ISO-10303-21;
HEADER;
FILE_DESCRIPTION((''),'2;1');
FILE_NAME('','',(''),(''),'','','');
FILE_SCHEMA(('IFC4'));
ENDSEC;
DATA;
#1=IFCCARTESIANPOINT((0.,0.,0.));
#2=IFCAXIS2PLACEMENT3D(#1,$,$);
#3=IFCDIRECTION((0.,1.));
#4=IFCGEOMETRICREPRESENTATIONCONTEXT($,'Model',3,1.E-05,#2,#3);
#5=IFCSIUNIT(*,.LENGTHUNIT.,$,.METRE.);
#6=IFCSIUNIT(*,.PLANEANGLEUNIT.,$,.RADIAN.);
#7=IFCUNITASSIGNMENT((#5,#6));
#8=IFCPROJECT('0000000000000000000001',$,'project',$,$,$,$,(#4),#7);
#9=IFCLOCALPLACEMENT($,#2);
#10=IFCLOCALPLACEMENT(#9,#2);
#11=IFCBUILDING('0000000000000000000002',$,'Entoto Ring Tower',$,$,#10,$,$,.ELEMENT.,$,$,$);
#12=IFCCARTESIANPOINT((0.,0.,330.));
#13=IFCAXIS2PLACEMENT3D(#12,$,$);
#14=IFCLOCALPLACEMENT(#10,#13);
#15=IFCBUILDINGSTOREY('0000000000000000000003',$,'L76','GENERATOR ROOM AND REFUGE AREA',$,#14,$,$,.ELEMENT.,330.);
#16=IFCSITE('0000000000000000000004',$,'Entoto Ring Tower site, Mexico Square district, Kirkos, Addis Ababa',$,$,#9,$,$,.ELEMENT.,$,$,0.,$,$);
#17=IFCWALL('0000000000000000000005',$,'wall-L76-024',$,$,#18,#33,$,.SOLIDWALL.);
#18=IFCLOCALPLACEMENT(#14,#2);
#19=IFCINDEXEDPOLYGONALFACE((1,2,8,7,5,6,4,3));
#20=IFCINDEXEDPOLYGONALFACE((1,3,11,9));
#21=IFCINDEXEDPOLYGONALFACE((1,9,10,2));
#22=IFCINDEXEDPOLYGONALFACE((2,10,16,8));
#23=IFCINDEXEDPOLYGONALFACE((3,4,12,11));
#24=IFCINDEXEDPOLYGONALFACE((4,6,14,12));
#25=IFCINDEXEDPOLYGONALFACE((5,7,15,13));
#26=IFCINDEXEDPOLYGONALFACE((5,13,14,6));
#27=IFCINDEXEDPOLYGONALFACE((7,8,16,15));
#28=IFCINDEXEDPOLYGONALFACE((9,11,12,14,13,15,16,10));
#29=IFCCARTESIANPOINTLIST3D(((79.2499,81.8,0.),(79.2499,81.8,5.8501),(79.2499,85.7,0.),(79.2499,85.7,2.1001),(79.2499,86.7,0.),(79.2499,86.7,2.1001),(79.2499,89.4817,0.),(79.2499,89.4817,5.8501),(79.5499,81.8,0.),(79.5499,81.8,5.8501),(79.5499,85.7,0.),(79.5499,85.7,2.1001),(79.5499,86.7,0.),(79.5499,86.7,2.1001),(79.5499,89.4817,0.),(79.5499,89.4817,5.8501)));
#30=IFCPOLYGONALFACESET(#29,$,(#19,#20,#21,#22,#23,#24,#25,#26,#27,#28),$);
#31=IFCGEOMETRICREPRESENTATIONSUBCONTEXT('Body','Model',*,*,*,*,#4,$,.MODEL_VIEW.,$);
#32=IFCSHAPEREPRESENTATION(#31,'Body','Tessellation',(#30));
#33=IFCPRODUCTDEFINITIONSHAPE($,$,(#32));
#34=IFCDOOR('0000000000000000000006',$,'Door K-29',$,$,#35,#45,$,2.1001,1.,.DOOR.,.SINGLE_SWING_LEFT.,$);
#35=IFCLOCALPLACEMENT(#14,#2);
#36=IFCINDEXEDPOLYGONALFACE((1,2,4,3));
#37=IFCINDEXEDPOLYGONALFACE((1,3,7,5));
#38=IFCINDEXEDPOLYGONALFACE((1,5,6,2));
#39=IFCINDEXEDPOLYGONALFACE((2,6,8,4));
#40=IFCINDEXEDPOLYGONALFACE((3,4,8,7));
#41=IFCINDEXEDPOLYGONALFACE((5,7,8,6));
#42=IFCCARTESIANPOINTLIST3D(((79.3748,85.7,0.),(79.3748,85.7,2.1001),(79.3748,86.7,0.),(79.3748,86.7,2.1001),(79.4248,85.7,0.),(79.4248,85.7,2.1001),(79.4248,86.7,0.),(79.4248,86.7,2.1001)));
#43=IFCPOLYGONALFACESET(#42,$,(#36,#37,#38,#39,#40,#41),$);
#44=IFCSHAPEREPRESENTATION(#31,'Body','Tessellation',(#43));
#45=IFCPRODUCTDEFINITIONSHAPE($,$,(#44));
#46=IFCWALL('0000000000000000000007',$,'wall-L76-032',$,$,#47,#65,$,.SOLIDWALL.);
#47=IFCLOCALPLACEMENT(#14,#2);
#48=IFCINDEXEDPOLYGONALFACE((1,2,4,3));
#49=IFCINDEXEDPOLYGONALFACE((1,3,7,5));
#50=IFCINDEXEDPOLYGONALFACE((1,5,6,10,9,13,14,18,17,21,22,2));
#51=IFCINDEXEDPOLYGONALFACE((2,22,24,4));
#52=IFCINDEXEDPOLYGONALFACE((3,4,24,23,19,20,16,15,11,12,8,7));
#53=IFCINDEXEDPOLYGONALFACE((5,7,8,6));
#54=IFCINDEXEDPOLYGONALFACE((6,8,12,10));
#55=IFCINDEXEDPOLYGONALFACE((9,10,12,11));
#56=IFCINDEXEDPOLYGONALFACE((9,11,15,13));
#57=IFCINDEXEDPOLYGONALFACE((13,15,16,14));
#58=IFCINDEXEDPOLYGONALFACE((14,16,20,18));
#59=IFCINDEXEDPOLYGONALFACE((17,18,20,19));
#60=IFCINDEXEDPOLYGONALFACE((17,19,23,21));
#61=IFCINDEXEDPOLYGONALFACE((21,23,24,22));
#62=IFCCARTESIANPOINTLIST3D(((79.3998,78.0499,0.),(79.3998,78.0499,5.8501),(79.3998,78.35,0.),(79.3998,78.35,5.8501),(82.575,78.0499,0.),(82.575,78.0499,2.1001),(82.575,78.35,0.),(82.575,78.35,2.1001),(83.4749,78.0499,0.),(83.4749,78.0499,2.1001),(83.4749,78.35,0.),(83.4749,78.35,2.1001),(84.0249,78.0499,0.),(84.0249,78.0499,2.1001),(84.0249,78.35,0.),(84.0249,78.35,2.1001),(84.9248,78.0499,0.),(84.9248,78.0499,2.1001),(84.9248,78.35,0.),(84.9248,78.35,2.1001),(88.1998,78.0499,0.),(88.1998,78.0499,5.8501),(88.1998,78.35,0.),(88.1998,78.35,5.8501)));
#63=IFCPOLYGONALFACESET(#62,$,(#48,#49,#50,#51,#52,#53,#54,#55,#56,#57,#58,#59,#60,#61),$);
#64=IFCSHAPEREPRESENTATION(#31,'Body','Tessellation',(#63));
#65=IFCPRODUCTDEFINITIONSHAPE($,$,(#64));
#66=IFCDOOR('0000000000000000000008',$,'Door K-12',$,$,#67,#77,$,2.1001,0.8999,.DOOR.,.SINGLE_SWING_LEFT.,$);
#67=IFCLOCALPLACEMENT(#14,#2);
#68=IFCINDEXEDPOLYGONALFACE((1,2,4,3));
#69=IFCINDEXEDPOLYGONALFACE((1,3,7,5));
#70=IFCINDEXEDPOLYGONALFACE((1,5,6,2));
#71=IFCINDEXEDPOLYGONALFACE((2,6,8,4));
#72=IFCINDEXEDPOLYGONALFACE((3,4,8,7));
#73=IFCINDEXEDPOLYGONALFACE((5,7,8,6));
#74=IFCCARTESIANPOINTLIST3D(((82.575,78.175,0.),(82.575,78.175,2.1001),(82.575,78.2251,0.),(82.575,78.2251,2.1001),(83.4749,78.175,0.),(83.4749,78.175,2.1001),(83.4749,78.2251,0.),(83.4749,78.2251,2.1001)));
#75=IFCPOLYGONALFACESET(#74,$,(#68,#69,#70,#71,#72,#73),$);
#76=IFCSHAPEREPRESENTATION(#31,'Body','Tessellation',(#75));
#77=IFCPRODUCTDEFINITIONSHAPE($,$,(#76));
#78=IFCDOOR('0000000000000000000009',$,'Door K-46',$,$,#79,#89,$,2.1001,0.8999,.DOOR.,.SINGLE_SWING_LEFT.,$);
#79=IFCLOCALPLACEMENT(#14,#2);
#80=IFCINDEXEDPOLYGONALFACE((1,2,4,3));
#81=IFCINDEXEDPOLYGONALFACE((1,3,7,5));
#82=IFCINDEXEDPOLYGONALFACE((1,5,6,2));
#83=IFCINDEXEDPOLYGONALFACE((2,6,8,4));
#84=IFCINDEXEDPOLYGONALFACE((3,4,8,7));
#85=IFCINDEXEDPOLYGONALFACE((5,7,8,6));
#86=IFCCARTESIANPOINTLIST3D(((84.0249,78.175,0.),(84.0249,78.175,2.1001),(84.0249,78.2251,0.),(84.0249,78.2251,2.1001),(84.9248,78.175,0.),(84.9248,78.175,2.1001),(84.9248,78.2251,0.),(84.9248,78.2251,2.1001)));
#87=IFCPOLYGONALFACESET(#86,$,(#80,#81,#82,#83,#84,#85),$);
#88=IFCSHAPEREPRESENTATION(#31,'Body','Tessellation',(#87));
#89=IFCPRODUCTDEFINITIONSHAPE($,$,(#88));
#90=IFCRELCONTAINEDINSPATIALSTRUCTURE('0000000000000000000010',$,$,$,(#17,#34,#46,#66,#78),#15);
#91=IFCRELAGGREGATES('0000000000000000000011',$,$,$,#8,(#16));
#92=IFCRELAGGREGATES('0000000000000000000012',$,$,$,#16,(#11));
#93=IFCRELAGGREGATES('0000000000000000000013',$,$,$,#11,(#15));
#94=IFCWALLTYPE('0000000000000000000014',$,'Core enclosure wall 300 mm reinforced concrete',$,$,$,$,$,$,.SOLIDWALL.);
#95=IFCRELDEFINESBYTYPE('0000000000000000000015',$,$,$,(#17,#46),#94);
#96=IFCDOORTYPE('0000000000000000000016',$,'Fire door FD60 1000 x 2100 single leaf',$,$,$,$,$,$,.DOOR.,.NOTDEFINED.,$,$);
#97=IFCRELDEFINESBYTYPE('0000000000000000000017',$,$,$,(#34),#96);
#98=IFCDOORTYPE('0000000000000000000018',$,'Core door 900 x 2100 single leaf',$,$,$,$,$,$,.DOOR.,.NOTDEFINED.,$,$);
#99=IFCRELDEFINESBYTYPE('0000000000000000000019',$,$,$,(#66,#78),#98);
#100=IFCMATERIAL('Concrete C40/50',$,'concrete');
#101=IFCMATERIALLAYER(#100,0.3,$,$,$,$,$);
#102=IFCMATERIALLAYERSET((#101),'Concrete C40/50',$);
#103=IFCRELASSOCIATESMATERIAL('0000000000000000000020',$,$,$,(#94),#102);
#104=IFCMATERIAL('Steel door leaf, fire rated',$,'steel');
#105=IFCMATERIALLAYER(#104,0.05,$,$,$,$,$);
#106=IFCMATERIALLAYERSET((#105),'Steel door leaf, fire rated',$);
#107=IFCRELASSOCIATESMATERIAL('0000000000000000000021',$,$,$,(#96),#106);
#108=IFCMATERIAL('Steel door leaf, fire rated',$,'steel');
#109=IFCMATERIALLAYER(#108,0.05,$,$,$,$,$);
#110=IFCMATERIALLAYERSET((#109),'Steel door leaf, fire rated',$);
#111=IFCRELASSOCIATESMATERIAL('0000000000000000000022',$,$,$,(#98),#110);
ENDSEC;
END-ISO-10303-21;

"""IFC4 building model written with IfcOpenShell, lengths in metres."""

from ifc_helpers import new_model, si_unit, direction, frame, frame_2d, origin, place, context, subcontext, project, spatial, rectangle, extrude, material, layer, layer_set, type_object, element, fill, save


model = new_model("IFC4")

# Units and contexts
model_context = context("Model", 3, precision=1e-05, world=origin(), true_north=direction((0.0, 1.0)))
body_context = subcontext(model_context, "Body", "Model", "MODEL_VIEW")
ifc_project = project(units=[si_unit("LENGTHUNIT", "METRE"), si_unit("PLANEANGLEUNIT", "RADIAN")], contexts=[model_context])

# Site, building, storey
site_placement = place(None, origin())
site = spatial("IfcSite", under=ifc_project, at=site_placement, Name="Entoto Ring Tower site, Mexico Square district, Kirkos, Addis Ababa", CompositionType="ELEMENT", RefElevation=0.0)
building_placement = place(site_placement, origin())
building = spatial("IfcBuilding", under=site, at=building_placement, Name="Entoto Ring Tower", CompositionType="ELEMENT")
storey_placement = place(building_placement, frame((0.0, 0.0, 330.0)))
storey = spatial("IfcBuildingStorey", under=building, at=storey_placement, Name="L76", Description="GENERATOR ROOM AND REFUGE AREA", CompositionType="ELEMENT", Elevation=330.0)

# Shared definitions
ifc_material_1 = material(Name="Concrete C40/50", Category="concrete")
ifc_layer_1 = layer(ifc_material_1, 0.3)
ifc_layer_set_1 = layer_set([ifc_layer_1], Name="Concrete C40/50")
wall_type = type_object("IfcWallType", Name="Core enclosure wall 300 mm reinforced concrete", PredefinedType="SOLIDWALL", material=ifc_layer_set_1)

# Wall, opening, door
wall_1_placement = place(storey_placement, frame((79.3999, 81.8, 0.0), z_axis=(0.0, 0.0, 1.0), x_axis=(0.0, 1.0, 0.0)))
wall_1 = element("IfcWall", 1, at=wall_1_placement, inside=storey, type_object=wall_type, Name="wall-L76-024", PredefinedType="SOLIDWALL", context=body_context, shape_type="SweptSolid", body=[
    extrude(rectangle(XDim=7.6816, YDim=0.3, at=frame_2d((3.8408, 0.0))), origin(), (0.0, 0.0, 1.0), 5.8501),
])
opening_1_placement = place(wall_1_placement, frame((3.8999, 0.0, 0.0)))
opening_1 = element("IfcOpeningElement", 2, at=opening_1_placement, cuts=wall_1, PredefinedType="OPENING", context=body_context, shape_type="SweptSolid", body=[
    extrude(rectangle(XDim=1.0, YDim=2.1001, at=frame_2d((0.5, 1.05))), frame((0.0, 0.1602, 0.0), z_axis=(0.0, -1.0, 0.0), x_axis=(1.0, 0.0, 0.0)), (0.0, 0.0, 1.0), 0.3201),
])
ifc_material_2 = material(Name="Steel door leaf, fire rated", Category="steel")
ifc_layer_2 = layer(ifc_material_2, 0.05)
ifc_layer_set_2 = layer_set([ifc_layer_2], Name="Steel door leaf, fire rated")
door_type_1 = type_object("IfcDoorType", Name="Fire door FD60 1000 x 2100 single leaf", OperationType="NOTDEFINED", PredefinedType="DOOR", material=ifc_layer_set_2)
door_1_placement = place(opening_1_placement, frame((1.0, 0.0, 0.0), z_axis=(0.0, 0.0, 1.0), x_axis=(-1.0, 0.0, 0.0)))
door_1 = element("IfcDoor", 3, at=door_1_placement, inside=storey, type_object=door_type_1, Name="Door K-29", OperationType="SINGLE_SWING_LEFT", OverallHeight=2.1001, OverallWidth=1.0, PredefinedType="DOOR", context=body_context, shape_type="SweptSolid", body=[
    extrude(rectangle(XDim=1.0, YDim=2.1001, at=frame_2d((0.5, 1.05))), frame((0.0, 0.0249, 0.0), z_axis=(0.0, -1.0, 0.0), x_axis=(1.0, 0.0, 0.0)), (0.0, 0.0, 1.0), 0.05),
])
fill(opening_1, door_1)

# Wall, openings, doors
wall_2_placement = place(storey_placement, frame((79.3999, 78.2, 0.0), z_axis=(0.0, 0.0, 1.0), x_axis=(1.0, 0.0, 0.0)))
wall_2 = element("IfcWall", 4, at=wall_2_placement, inside=storey, type_object=wall_type, Name="wall-L76-032", PredefinedType="SOLIDWALL", context=body_context, shape_type="SweptSolid", body=[
    extrude(rectangle(XDim=8.8, YDim=0.3, at=frame_2d((4.3999, 0.0))), origin(), (0.0, 0.0, 1.0), 5.8501),
])
opening_2_placement = place(wall_2_placement, frame((3.175, 0.0, 0.0)))
opening_2 = element("IfcOpeningElement", 5, at=opening_2_placement, cuts=wall_2, PredefinedType="OPENING", context=body_context, shape_type="SweptSolid", body=[
    extrude(rectangle(XDim=0.8999, YDim=2.1001, at=frame_2d((0.45, 1.05))), frame((0.0, 0.1602, 0.0), z_axis=(0.0, -1.0, 0.0), x_axis=(1.0, 0.0, 0.0)), (0.0, 0.0, 1.0), 0.3201),
])
opening_3_placement = place(wall_2_placement, frame((4.625, 0.0, 0.0)))
opening_3 = element("IfcOpeningElement", 6, at=opening_3_placement, cuts=wall_2, PredefinedType="OPENING", context=body_context, shape_type="SweptSolid", body=[
    extrude(rectangle(XDim=0.8999, YDim=2.1001, at=frame_2d((0.45, 1.05))), frame((0.0, 0.1602, 0.0), z_axis=(0.0, -1.0, 0.0), x_axis=(1.0, 0.0, 0.0)), (0.0, 0.0, 1.0), 0.3201),
])
ifc_material_3 = material(Name="Steel door leaf, fire rated", Category="steel")
ifc_layer_3 = layer(ifc_material_3, 0.05)
ifc_layer_set_3 = layer_set([ifc_layer_3], Name="Steel door leaf, fire rated")
door_type_2 = type_object("IfcDoorType", Name="Core door 900 x 2100 single leaf", OperationType="NOTDEFINED", PredefinedType="DOOR", material=ifc_layer_set_3)
door_2_placement = place(opening_2_placement, frame((0.8999, 0.0, 0.0), z_axis=(0.0, 0.0, 1.0), x_axis=(-1.0, 0.0, 0.0)))
door_2 = element("IfcDoor", 7, at=door_2_placement, inside=storey, type_object=door_type_2, Name="Door K-12", OperationType="SINGLE_SWING_LEFT", OverallHeight=2.1001, OverallWidth=0.8999, PredefinedType="DOOR", context=body_context, shape_type="SweptSolid", body=[
    extrude(rectangle(XDim=0.8999, YDim=2.1001, at=frame_2d((0.45, 1.05))), frame((0.0, 0.0249, 0.0), z_axis=(0.0, -1.0, 0.0), x_axis=(1.0, 0.0, 0.0)), (0.0, 0.0, 1.0), 0.05),
])
fill(opening_2, door_2)
door_3_placement = place(opening_3_placement, frame((0.8999, 0.0, 0.0), z_axis=(0.0, 0.0, 1.0), x_axis=(-1.0, 0.0, 0.0)))
door_3 = element("IfcDoor", 8, at=door_3_placement, inside=storey, type_object=door_type_2, Name="Door K-46", OperationType="SINGLE_SWING_LEFT", OverallHeight=2.1001, OverallWidth=0.8999, PredefinedType="DOOR", context=body_context, shape_type="SweptSolid", body=[
    extrude(rectangle(XDim=0.8999, YDim=2.1001, at=frame_2d((0.45, 1.05))), frame((0.0, 0.0249, 0.0), z_axis=(0.0, -1.0, 0.0), x_axis=(1.0, 0.0, 0.0)), (0.0, 0.0, 1.0), 0.05),
])
fill(opening_3, door_3)

save(model, "model.ifc")
